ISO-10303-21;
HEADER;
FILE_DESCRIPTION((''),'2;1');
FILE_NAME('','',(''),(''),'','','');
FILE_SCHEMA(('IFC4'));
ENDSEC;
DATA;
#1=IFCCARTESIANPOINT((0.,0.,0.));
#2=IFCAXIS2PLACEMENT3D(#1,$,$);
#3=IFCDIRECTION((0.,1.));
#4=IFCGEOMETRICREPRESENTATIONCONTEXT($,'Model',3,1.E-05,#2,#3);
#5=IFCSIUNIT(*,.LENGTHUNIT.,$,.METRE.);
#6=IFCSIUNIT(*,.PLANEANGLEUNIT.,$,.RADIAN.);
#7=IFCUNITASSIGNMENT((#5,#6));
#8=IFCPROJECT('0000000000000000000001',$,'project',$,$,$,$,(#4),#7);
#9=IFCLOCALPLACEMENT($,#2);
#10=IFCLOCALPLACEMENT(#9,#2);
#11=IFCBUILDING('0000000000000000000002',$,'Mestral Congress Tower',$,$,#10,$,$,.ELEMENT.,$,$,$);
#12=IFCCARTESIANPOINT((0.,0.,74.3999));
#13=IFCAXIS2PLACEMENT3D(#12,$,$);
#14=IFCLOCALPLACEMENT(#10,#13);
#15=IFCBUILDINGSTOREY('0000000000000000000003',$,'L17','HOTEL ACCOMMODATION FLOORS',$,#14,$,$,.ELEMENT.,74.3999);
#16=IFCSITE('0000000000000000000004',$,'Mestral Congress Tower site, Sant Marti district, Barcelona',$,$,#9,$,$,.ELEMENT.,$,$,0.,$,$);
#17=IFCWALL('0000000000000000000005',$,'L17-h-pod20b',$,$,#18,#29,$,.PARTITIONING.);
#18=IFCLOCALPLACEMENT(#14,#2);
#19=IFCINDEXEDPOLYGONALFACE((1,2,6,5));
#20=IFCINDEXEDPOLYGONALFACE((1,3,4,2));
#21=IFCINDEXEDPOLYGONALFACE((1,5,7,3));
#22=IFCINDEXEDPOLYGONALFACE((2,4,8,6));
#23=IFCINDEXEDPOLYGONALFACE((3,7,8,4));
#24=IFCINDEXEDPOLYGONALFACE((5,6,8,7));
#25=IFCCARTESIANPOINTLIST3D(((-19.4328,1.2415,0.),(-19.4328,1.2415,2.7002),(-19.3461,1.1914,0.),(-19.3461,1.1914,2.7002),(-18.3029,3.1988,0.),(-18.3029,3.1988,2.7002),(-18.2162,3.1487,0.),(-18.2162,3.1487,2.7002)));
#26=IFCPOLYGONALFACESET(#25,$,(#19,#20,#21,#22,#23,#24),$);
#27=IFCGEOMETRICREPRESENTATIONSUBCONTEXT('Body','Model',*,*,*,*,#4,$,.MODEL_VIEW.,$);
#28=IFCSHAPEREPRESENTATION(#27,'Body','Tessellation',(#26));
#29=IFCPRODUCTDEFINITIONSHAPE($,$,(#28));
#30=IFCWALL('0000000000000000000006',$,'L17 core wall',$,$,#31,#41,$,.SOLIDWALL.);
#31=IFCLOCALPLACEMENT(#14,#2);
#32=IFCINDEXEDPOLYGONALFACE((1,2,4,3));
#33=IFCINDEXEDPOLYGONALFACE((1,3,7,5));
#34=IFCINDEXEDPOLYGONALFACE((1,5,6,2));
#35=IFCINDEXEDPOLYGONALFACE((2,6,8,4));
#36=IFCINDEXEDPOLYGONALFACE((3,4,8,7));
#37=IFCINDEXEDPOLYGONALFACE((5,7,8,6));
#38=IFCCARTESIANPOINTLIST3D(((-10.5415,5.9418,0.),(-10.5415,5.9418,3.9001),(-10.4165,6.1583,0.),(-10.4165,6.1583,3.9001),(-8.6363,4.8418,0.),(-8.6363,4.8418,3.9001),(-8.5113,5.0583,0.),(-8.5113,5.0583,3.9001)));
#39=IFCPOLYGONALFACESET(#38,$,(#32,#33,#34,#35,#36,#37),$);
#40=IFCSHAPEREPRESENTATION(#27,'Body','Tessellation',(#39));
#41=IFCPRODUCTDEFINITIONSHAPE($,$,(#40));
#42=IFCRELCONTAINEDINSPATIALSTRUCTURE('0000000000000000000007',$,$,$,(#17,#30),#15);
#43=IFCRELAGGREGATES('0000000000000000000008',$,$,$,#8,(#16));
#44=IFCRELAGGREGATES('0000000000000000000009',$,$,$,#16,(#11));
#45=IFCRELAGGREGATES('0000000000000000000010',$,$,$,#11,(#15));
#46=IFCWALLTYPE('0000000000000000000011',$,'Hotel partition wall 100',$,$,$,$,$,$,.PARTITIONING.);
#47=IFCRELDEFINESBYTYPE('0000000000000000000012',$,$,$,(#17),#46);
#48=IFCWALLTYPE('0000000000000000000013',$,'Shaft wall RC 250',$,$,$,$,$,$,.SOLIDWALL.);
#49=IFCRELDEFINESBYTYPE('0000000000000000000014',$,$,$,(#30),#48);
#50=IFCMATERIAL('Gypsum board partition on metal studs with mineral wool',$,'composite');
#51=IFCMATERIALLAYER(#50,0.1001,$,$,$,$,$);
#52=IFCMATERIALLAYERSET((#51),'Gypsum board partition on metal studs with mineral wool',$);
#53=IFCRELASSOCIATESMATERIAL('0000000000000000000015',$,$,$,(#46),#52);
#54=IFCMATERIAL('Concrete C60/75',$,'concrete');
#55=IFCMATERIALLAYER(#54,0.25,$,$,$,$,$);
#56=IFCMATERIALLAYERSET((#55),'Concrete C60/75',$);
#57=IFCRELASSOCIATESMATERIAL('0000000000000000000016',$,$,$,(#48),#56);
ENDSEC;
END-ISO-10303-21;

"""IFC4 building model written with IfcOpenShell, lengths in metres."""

from ifc_helpers import new_model, si_unit, direction, frame, frame_2d, origin, place, context, subcontext, project, spatial, rectangle, extrude, material, layer, layer_set, type_object, element, save


model = new_model("IFC4")

# Units and contexts
model_context = context("Model", 3, precision=1e-05, world=origin(), true_north=direction((0.0, 1.0)))
body_context = subcontext(model_context, "Body", "Model", "MODEL_VIEW")
ifc_project = project(units=[si_unit("LENGTHUNIT", "METRE"), si_unit("PLANEANGLEUNIT", "RADIAN")], contexts=[model_context])

# Site, building, storey
site_placement = place(None, origin())
site = spatial("IfcSite", under=ifc_project, at=site_placement, Name="Mestral Congress Tower site, Sant Marti district, Barcelona", CompositionType="ELEMENT", RefElevation=0.0)
building_placement = place(site_placement, origin())
building = spatial("IfcBuilding", under=site, at=building_placement, Name="Mestral Congress Tower", CompositionType="ELEMENT")
storey_placement = place(building_placement, frame((0.0, 0.0, 74.3999)))
storey = spatial("IfcBuildingStorey", under=building, at=storey_placement, Name="L17", Description="HOTEL ACCOMMODATION FLOORS", CompositionType="ELEMENT", Elevation=74.3999)

# Shared definitions
ifc_material_1 = material(Name="Concrete C60/75", Category="concrete")

# Shared definitions
ifc_material_2 = material(Name="Gypsum board partition on metal studs with mineral wool", Category="composite")
ifc_layer_1 = layer(ifc_material_2, 0.1001)
ifc_layer_set_1 = layer_set([ifc_layer_1], Name="Gypsum board partition on metal studs with mineral wool")
wall_type_1 = type_object("IfcWallType", Name="Hotel partition wall 100", PredefinedType="PARTITIONING", material=ifc_layer_set_1)

# Walls
wall_1_placement = place(storey_placement, frame((-19.3894, 1.2166, 0.0), z_axis=(0.0, 0.0, 1.0), x_axis=(0.49995, 0.866054, 0.0)))
element("IfcWall", 1, at=wall_1_placement, inside=storey, type_object=wall_type_1, Name="L17-h-pod20b", PredefinedType="PARTITIONING", context=body_context, shape_type="SweptSolid", body=[
    extrude(rectangle(XDim=2.26, YDim=0.1001, at=frame_2d((1.1299, 0.0))), origin(), (0.0, 0.0, 1.0), 2.7002),
])
ifc_layer_2 = layer(ifc_material_1, 0.25)
ifc_layer_set_2 = layer_set([ifc_layer_2], Name="Concrete C60/75")
wall_type_2 = type_object("IfcWallType", Name="Shaft wall RC 250", PredefinedType="SOLIDWALL", material=ifc_layer_set_2)
wall_2_placement = place(storey_placement, frame((-8.5737, 4.95, 0.0), z_axis=(0.0, 0.0, 1.0), x_axis=(-0.866008, 0.50003, 0.0)))
element("IfcWall", 2, at=wall_2_placement, inside=storey, type_object=wall_type_2, Name="L17 core wall", PredefinedType="SOLIDWALL", context=body_context, shape_type="SweptSolid", body=[
    extrude(rectangle(XDim=2.2, YDim=0.25, at=frame_2d((1.1001, 0.0))), origin(), (0.0, 0.0, 1.0), 3.9001),
])

save(model, "model.ifc")
